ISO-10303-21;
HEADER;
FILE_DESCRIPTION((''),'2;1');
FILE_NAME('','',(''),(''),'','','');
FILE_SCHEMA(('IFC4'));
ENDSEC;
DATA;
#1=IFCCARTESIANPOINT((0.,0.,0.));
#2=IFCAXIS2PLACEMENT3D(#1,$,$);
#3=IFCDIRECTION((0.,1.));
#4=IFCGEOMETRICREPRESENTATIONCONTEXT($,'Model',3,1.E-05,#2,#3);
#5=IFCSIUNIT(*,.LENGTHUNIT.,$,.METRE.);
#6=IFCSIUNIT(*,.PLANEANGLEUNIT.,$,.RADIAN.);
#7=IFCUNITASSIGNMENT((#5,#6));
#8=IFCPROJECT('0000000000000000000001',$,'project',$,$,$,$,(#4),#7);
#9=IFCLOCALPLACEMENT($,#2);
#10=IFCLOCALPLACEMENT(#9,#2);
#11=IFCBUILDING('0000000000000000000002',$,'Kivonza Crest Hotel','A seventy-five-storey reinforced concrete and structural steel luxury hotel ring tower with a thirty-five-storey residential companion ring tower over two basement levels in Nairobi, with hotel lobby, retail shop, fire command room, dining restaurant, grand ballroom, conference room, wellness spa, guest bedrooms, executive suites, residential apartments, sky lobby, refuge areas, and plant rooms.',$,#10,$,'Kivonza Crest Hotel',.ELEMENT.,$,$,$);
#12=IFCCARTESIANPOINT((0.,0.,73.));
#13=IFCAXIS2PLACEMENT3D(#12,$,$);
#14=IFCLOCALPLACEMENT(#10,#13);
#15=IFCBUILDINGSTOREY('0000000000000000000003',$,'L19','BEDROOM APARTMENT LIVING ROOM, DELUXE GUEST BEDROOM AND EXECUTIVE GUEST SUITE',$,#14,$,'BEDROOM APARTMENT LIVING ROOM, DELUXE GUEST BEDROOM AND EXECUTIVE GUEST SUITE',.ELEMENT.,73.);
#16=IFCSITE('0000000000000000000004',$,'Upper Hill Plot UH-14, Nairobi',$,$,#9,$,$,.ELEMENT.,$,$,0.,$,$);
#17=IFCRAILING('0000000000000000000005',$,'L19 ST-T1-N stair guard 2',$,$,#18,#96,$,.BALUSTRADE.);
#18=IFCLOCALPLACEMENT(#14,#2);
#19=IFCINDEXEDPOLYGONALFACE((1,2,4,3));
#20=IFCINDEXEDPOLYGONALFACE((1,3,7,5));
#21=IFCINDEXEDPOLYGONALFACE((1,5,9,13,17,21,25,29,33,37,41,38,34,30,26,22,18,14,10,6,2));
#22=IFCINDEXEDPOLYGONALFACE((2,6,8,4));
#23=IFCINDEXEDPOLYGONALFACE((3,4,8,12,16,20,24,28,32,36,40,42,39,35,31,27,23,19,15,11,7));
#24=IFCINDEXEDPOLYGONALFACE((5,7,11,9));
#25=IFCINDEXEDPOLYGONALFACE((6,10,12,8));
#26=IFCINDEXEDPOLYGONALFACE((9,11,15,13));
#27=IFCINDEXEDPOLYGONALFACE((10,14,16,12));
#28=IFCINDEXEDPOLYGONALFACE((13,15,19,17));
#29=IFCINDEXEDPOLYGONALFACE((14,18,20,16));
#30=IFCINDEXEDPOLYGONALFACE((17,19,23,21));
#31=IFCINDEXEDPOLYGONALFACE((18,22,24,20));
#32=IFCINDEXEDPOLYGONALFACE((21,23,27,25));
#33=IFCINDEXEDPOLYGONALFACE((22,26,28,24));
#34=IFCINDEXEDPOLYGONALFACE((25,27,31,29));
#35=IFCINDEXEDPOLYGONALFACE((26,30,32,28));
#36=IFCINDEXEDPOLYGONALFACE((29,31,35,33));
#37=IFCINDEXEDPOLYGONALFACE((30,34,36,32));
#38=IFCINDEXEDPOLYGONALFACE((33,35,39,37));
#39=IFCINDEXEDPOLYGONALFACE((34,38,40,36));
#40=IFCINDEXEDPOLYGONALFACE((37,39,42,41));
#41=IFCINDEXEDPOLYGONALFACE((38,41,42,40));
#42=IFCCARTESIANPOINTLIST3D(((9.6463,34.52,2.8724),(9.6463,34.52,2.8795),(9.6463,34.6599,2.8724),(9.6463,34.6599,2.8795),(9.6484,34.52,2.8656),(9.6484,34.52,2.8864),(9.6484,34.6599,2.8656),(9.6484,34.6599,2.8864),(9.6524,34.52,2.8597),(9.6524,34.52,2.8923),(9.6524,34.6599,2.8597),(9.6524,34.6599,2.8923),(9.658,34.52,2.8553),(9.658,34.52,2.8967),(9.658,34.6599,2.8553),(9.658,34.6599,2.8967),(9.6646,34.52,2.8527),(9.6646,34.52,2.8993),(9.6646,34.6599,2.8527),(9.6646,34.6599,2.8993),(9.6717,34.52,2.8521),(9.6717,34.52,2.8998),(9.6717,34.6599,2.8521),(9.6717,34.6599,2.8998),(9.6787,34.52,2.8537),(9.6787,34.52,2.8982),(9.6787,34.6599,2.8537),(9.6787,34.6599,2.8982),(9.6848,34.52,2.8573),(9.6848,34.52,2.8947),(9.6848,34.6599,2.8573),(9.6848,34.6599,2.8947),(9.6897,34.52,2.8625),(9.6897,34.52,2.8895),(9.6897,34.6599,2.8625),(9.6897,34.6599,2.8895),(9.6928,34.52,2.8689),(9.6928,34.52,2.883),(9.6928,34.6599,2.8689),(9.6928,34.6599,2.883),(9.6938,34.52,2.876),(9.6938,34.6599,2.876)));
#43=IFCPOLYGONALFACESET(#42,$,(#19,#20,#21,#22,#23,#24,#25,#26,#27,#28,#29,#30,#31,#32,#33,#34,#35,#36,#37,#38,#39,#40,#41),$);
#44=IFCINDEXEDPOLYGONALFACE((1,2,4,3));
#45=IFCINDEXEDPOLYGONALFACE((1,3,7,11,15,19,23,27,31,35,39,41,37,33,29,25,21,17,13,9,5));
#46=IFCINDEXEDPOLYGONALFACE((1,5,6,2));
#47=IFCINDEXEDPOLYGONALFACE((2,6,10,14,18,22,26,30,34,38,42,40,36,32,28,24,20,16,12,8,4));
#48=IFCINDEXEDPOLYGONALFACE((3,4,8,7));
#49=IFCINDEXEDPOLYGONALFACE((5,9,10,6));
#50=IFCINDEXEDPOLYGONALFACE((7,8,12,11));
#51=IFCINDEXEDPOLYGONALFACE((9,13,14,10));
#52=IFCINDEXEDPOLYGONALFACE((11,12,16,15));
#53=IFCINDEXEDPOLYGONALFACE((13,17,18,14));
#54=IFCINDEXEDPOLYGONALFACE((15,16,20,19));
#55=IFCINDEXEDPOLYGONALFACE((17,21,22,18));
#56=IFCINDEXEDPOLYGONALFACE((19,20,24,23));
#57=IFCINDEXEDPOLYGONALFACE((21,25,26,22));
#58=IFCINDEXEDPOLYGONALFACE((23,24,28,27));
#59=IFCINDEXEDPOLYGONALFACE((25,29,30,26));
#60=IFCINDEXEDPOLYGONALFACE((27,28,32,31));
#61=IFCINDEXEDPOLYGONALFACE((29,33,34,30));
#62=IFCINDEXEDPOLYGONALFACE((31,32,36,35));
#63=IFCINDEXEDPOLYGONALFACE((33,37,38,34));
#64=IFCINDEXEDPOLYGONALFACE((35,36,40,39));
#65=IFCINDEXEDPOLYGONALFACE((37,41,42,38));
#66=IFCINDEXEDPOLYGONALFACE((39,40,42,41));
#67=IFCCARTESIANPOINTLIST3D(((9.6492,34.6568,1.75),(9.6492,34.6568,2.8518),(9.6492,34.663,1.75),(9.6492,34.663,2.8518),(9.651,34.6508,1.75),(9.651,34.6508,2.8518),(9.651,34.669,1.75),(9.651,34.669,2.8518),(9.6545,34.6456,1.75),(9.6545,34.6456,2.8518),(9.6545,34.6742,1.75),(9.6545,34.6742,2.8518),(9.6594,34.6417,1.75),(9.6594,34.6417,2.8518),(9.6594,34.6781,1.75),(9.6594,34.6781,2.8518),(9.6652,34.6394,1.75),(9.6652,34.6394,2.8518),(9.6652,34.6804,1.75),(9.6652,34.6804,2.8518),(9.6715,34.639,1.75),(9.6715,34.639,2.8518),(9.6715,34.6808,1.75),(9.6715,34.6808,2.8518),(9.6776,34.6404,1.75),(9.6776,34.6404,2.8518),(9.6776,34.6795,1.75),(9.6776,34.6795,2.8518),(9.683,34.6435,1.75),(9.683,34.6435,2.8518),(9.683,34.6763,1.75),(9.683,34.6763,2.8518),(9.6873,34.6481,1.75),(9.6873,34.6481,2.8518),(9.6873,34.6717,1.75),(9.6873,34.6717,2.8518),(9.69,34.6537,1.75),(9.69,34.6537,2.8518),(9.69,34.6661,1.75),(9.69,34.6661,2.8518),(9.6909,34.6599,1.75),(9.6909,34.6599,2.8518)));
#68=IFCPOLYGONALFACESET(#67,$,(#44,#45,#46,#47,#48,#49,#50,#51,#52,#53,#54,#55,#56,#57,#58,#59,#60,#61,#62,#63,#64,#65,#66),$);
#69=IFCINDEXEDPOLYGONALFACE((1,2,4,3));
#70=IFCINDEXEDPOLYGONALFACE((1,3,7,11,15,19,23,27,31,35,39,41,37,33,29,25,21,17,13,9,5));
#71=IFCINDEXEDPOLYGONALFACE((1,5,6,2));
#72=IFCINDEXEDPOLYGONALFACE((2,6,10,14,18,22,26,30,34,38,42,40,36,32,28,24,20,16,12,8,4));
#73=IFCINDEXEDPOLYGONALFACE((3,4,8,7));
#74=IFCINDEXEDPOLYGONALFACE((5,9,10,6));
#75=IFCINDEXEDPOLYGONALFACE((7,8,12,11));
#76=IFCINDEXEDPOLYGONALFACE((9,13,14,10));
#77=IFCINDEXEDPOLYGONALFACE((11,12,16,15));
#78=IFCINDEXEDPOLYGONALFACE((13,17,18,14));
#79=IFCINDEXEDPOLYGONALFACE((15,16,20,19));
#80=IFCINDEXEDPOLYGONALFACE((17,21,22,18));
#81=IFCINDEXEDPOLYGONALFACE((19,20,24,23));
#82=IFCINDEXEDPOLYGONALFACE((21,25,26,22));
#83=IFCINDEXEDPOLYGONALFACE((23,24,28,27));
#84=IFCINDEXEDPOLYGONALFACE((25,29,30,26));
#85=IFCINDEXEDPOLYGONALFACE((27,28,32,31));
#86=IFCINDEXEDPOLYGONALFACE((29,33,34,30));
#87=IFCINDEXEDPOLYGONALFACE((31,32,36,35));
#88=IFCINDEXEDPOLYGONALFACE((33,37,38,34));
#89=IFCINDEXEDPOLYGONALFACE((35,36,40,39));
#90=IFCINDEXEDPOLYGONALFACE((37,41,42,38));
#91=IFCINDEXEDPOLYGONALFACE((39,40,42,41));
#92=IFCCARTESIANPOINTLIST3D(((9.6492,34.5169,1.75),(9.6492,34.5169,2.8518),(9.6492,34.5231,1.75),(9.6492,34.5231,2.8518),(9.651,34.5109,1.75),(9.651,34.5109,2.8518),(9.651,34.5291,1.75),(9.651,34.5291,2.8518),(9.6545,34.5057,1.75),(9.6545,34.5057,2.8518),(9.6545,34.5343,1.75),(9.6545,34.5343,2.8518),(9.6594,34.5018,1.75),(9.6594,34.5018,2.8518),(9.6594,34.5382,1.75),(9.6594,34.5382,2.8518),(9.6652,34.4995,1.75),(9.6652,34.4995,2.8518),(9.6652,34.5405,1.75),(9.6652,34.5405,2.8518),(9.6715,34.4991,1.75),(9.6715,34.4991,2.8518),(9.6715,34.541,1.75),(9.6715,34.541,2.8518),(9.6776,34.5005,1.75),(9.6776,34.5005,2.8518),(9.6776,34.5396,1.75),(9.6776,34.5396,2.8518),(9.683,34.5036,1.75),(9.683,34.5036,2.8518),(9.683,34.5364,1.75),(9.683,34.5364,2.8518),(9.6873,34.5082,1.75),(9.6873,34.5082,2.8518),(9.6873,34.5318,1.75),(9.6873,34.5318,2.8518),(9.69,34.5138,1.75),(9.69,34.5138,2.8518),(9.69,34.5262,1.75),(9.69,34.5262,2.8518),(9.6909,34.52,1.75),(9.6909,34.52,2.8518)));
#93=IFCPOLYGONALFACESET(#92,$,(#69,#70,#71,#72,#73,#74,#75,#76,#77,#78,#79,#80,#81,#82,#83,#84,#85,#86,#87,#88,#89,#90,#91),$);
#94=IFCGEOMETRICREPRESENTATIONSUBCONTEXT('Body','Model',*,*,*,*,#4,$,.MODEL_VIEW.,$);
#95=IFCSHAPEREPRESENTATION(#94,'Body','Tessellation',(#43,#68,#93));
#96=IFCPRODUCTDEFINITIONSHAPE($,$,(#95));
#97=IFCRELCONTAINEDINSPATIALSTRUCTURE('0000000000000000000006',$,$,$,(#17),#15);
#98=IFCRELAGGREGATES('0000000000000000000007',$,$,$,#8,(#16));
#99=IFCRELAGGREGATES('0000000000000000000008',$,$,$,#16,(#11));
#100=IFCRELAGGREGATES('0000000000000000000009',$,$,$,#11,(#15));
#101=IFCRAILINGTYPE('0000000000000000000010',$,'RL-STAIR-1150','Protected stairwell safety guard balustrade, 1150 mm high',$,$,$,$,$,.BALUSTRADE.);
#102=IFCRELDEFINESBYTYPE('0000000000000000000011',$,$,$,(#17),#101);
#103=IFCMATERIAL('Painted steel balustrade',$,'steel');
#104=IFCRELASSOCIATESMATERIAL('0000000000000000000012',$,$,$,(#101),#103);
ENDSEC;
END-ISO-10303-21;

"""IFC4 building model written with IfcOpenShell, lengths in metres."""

from ifc_helpers import new_model, si_unit, direction, frame, origin, origin_2d, place, context, subcontext, project, spatial, circle, extrude, material, type_object, element, save


model = new_model("IFC4")

# Units and contexts
model_context = context("Model", 3, precision=1e-05, world=origin(), true_north=direction((0.0, 1.0)))
body_context = subcontext(model_context, "Body", "Model", "MODEL_VIEW")
ifc_project = project(units=[si_unit("LENGTHUNIT", "METRE"), si_unit("PLANEANGLEUNIT", "RADIAN")], contexts=[model_context])

# Site, building, storey
site_placement = place(None, origin())
site = spatial("IfcSite", under=ifc_project, at=site_placement, Name="Upper Hill Plot UH-14, Nairobi", CompositionType="ELEMENT", RefElevation=0.0)
building_placement = place(site_placement, origin())
building = spatial("IfcBuilding", under=site, at=building_placement, Name="Kivonza Crest Hotel", Description="A seventy-five-storey reinforced concrete and structural steel luxury hotel ring tower with a thirty-five-storey residential companion ring tower over two basement levels in Nairobi, with hotel lobby, retail shop, fire command room, dining restaurant, grand ballroom, conference room, wellness spa, guest bedrooms, executive suites, residential apartments, sky lobby, refuge areas, and plant rooms.", LongName="Kivonza Crest Hotel", CompositionType="ELEMENT")
storey_placement = place(building_placement, frame((0.0, 0.0, 73.0)))
storey = spatial("IfcBuildingStorey", under=building, at=storey_placement, Name="L19", Description="BEDROOM APARTMENT LIVING ROOM, DELUXE GUEST BEDROOM AND EXECUTIVE GUEST SUITE", LongName="BEDROOM APARTMENT LIVING ROOM, DELUXE GUEST BEDROOM AND EXECUTIVE GUEST SUITE", CompositionType="ELEMENT", Elevation=73.0)

# Railing
ifc_material_1 = material(Name="Painted steel balustrade", Category="steel")
railing_type_1 = type_object("IfcRailingType", Name="RL-STAIR-1150", Description="Protected stairwell safety guard balustrade, 1150 mm high", PredefinedType="BALUSTRADE", material=ifc_material_1)
railing_1_placement = place(storey_placement, frame((9.6699, 34.6599, 1.75)))
element("IfcRailing", 1, at=railing_1_placement, inside=storey, type_object=railing_type_1, Name="L19 ST-T1-N stair guard 2", PredefinedType="BALUSTRADE", context=body_context, shape_type="SweptSolid", body=[
    extrude(circle(Radius=0.0239, at=origin_2d()), frame((0.0, 0.0, 1.126), z_axis=(0.0, -1.0, 0.0), x_axis=(1.0, 0.0, 0.0)), (0.0, 0.0, 1.0), 0.1399),
    extrude(circle(Radius=0.021, at=origin_2d()), origin(), (0.0, 0.0, 1.0), 1.1018),
    extrude(circle(Radius=0.021, at=origin_2d()), frame((0.0, -0.1399, 0.0)), (0.0, 0.0, 1.0), 1.1018),
])

save(model, "model.ifc")
